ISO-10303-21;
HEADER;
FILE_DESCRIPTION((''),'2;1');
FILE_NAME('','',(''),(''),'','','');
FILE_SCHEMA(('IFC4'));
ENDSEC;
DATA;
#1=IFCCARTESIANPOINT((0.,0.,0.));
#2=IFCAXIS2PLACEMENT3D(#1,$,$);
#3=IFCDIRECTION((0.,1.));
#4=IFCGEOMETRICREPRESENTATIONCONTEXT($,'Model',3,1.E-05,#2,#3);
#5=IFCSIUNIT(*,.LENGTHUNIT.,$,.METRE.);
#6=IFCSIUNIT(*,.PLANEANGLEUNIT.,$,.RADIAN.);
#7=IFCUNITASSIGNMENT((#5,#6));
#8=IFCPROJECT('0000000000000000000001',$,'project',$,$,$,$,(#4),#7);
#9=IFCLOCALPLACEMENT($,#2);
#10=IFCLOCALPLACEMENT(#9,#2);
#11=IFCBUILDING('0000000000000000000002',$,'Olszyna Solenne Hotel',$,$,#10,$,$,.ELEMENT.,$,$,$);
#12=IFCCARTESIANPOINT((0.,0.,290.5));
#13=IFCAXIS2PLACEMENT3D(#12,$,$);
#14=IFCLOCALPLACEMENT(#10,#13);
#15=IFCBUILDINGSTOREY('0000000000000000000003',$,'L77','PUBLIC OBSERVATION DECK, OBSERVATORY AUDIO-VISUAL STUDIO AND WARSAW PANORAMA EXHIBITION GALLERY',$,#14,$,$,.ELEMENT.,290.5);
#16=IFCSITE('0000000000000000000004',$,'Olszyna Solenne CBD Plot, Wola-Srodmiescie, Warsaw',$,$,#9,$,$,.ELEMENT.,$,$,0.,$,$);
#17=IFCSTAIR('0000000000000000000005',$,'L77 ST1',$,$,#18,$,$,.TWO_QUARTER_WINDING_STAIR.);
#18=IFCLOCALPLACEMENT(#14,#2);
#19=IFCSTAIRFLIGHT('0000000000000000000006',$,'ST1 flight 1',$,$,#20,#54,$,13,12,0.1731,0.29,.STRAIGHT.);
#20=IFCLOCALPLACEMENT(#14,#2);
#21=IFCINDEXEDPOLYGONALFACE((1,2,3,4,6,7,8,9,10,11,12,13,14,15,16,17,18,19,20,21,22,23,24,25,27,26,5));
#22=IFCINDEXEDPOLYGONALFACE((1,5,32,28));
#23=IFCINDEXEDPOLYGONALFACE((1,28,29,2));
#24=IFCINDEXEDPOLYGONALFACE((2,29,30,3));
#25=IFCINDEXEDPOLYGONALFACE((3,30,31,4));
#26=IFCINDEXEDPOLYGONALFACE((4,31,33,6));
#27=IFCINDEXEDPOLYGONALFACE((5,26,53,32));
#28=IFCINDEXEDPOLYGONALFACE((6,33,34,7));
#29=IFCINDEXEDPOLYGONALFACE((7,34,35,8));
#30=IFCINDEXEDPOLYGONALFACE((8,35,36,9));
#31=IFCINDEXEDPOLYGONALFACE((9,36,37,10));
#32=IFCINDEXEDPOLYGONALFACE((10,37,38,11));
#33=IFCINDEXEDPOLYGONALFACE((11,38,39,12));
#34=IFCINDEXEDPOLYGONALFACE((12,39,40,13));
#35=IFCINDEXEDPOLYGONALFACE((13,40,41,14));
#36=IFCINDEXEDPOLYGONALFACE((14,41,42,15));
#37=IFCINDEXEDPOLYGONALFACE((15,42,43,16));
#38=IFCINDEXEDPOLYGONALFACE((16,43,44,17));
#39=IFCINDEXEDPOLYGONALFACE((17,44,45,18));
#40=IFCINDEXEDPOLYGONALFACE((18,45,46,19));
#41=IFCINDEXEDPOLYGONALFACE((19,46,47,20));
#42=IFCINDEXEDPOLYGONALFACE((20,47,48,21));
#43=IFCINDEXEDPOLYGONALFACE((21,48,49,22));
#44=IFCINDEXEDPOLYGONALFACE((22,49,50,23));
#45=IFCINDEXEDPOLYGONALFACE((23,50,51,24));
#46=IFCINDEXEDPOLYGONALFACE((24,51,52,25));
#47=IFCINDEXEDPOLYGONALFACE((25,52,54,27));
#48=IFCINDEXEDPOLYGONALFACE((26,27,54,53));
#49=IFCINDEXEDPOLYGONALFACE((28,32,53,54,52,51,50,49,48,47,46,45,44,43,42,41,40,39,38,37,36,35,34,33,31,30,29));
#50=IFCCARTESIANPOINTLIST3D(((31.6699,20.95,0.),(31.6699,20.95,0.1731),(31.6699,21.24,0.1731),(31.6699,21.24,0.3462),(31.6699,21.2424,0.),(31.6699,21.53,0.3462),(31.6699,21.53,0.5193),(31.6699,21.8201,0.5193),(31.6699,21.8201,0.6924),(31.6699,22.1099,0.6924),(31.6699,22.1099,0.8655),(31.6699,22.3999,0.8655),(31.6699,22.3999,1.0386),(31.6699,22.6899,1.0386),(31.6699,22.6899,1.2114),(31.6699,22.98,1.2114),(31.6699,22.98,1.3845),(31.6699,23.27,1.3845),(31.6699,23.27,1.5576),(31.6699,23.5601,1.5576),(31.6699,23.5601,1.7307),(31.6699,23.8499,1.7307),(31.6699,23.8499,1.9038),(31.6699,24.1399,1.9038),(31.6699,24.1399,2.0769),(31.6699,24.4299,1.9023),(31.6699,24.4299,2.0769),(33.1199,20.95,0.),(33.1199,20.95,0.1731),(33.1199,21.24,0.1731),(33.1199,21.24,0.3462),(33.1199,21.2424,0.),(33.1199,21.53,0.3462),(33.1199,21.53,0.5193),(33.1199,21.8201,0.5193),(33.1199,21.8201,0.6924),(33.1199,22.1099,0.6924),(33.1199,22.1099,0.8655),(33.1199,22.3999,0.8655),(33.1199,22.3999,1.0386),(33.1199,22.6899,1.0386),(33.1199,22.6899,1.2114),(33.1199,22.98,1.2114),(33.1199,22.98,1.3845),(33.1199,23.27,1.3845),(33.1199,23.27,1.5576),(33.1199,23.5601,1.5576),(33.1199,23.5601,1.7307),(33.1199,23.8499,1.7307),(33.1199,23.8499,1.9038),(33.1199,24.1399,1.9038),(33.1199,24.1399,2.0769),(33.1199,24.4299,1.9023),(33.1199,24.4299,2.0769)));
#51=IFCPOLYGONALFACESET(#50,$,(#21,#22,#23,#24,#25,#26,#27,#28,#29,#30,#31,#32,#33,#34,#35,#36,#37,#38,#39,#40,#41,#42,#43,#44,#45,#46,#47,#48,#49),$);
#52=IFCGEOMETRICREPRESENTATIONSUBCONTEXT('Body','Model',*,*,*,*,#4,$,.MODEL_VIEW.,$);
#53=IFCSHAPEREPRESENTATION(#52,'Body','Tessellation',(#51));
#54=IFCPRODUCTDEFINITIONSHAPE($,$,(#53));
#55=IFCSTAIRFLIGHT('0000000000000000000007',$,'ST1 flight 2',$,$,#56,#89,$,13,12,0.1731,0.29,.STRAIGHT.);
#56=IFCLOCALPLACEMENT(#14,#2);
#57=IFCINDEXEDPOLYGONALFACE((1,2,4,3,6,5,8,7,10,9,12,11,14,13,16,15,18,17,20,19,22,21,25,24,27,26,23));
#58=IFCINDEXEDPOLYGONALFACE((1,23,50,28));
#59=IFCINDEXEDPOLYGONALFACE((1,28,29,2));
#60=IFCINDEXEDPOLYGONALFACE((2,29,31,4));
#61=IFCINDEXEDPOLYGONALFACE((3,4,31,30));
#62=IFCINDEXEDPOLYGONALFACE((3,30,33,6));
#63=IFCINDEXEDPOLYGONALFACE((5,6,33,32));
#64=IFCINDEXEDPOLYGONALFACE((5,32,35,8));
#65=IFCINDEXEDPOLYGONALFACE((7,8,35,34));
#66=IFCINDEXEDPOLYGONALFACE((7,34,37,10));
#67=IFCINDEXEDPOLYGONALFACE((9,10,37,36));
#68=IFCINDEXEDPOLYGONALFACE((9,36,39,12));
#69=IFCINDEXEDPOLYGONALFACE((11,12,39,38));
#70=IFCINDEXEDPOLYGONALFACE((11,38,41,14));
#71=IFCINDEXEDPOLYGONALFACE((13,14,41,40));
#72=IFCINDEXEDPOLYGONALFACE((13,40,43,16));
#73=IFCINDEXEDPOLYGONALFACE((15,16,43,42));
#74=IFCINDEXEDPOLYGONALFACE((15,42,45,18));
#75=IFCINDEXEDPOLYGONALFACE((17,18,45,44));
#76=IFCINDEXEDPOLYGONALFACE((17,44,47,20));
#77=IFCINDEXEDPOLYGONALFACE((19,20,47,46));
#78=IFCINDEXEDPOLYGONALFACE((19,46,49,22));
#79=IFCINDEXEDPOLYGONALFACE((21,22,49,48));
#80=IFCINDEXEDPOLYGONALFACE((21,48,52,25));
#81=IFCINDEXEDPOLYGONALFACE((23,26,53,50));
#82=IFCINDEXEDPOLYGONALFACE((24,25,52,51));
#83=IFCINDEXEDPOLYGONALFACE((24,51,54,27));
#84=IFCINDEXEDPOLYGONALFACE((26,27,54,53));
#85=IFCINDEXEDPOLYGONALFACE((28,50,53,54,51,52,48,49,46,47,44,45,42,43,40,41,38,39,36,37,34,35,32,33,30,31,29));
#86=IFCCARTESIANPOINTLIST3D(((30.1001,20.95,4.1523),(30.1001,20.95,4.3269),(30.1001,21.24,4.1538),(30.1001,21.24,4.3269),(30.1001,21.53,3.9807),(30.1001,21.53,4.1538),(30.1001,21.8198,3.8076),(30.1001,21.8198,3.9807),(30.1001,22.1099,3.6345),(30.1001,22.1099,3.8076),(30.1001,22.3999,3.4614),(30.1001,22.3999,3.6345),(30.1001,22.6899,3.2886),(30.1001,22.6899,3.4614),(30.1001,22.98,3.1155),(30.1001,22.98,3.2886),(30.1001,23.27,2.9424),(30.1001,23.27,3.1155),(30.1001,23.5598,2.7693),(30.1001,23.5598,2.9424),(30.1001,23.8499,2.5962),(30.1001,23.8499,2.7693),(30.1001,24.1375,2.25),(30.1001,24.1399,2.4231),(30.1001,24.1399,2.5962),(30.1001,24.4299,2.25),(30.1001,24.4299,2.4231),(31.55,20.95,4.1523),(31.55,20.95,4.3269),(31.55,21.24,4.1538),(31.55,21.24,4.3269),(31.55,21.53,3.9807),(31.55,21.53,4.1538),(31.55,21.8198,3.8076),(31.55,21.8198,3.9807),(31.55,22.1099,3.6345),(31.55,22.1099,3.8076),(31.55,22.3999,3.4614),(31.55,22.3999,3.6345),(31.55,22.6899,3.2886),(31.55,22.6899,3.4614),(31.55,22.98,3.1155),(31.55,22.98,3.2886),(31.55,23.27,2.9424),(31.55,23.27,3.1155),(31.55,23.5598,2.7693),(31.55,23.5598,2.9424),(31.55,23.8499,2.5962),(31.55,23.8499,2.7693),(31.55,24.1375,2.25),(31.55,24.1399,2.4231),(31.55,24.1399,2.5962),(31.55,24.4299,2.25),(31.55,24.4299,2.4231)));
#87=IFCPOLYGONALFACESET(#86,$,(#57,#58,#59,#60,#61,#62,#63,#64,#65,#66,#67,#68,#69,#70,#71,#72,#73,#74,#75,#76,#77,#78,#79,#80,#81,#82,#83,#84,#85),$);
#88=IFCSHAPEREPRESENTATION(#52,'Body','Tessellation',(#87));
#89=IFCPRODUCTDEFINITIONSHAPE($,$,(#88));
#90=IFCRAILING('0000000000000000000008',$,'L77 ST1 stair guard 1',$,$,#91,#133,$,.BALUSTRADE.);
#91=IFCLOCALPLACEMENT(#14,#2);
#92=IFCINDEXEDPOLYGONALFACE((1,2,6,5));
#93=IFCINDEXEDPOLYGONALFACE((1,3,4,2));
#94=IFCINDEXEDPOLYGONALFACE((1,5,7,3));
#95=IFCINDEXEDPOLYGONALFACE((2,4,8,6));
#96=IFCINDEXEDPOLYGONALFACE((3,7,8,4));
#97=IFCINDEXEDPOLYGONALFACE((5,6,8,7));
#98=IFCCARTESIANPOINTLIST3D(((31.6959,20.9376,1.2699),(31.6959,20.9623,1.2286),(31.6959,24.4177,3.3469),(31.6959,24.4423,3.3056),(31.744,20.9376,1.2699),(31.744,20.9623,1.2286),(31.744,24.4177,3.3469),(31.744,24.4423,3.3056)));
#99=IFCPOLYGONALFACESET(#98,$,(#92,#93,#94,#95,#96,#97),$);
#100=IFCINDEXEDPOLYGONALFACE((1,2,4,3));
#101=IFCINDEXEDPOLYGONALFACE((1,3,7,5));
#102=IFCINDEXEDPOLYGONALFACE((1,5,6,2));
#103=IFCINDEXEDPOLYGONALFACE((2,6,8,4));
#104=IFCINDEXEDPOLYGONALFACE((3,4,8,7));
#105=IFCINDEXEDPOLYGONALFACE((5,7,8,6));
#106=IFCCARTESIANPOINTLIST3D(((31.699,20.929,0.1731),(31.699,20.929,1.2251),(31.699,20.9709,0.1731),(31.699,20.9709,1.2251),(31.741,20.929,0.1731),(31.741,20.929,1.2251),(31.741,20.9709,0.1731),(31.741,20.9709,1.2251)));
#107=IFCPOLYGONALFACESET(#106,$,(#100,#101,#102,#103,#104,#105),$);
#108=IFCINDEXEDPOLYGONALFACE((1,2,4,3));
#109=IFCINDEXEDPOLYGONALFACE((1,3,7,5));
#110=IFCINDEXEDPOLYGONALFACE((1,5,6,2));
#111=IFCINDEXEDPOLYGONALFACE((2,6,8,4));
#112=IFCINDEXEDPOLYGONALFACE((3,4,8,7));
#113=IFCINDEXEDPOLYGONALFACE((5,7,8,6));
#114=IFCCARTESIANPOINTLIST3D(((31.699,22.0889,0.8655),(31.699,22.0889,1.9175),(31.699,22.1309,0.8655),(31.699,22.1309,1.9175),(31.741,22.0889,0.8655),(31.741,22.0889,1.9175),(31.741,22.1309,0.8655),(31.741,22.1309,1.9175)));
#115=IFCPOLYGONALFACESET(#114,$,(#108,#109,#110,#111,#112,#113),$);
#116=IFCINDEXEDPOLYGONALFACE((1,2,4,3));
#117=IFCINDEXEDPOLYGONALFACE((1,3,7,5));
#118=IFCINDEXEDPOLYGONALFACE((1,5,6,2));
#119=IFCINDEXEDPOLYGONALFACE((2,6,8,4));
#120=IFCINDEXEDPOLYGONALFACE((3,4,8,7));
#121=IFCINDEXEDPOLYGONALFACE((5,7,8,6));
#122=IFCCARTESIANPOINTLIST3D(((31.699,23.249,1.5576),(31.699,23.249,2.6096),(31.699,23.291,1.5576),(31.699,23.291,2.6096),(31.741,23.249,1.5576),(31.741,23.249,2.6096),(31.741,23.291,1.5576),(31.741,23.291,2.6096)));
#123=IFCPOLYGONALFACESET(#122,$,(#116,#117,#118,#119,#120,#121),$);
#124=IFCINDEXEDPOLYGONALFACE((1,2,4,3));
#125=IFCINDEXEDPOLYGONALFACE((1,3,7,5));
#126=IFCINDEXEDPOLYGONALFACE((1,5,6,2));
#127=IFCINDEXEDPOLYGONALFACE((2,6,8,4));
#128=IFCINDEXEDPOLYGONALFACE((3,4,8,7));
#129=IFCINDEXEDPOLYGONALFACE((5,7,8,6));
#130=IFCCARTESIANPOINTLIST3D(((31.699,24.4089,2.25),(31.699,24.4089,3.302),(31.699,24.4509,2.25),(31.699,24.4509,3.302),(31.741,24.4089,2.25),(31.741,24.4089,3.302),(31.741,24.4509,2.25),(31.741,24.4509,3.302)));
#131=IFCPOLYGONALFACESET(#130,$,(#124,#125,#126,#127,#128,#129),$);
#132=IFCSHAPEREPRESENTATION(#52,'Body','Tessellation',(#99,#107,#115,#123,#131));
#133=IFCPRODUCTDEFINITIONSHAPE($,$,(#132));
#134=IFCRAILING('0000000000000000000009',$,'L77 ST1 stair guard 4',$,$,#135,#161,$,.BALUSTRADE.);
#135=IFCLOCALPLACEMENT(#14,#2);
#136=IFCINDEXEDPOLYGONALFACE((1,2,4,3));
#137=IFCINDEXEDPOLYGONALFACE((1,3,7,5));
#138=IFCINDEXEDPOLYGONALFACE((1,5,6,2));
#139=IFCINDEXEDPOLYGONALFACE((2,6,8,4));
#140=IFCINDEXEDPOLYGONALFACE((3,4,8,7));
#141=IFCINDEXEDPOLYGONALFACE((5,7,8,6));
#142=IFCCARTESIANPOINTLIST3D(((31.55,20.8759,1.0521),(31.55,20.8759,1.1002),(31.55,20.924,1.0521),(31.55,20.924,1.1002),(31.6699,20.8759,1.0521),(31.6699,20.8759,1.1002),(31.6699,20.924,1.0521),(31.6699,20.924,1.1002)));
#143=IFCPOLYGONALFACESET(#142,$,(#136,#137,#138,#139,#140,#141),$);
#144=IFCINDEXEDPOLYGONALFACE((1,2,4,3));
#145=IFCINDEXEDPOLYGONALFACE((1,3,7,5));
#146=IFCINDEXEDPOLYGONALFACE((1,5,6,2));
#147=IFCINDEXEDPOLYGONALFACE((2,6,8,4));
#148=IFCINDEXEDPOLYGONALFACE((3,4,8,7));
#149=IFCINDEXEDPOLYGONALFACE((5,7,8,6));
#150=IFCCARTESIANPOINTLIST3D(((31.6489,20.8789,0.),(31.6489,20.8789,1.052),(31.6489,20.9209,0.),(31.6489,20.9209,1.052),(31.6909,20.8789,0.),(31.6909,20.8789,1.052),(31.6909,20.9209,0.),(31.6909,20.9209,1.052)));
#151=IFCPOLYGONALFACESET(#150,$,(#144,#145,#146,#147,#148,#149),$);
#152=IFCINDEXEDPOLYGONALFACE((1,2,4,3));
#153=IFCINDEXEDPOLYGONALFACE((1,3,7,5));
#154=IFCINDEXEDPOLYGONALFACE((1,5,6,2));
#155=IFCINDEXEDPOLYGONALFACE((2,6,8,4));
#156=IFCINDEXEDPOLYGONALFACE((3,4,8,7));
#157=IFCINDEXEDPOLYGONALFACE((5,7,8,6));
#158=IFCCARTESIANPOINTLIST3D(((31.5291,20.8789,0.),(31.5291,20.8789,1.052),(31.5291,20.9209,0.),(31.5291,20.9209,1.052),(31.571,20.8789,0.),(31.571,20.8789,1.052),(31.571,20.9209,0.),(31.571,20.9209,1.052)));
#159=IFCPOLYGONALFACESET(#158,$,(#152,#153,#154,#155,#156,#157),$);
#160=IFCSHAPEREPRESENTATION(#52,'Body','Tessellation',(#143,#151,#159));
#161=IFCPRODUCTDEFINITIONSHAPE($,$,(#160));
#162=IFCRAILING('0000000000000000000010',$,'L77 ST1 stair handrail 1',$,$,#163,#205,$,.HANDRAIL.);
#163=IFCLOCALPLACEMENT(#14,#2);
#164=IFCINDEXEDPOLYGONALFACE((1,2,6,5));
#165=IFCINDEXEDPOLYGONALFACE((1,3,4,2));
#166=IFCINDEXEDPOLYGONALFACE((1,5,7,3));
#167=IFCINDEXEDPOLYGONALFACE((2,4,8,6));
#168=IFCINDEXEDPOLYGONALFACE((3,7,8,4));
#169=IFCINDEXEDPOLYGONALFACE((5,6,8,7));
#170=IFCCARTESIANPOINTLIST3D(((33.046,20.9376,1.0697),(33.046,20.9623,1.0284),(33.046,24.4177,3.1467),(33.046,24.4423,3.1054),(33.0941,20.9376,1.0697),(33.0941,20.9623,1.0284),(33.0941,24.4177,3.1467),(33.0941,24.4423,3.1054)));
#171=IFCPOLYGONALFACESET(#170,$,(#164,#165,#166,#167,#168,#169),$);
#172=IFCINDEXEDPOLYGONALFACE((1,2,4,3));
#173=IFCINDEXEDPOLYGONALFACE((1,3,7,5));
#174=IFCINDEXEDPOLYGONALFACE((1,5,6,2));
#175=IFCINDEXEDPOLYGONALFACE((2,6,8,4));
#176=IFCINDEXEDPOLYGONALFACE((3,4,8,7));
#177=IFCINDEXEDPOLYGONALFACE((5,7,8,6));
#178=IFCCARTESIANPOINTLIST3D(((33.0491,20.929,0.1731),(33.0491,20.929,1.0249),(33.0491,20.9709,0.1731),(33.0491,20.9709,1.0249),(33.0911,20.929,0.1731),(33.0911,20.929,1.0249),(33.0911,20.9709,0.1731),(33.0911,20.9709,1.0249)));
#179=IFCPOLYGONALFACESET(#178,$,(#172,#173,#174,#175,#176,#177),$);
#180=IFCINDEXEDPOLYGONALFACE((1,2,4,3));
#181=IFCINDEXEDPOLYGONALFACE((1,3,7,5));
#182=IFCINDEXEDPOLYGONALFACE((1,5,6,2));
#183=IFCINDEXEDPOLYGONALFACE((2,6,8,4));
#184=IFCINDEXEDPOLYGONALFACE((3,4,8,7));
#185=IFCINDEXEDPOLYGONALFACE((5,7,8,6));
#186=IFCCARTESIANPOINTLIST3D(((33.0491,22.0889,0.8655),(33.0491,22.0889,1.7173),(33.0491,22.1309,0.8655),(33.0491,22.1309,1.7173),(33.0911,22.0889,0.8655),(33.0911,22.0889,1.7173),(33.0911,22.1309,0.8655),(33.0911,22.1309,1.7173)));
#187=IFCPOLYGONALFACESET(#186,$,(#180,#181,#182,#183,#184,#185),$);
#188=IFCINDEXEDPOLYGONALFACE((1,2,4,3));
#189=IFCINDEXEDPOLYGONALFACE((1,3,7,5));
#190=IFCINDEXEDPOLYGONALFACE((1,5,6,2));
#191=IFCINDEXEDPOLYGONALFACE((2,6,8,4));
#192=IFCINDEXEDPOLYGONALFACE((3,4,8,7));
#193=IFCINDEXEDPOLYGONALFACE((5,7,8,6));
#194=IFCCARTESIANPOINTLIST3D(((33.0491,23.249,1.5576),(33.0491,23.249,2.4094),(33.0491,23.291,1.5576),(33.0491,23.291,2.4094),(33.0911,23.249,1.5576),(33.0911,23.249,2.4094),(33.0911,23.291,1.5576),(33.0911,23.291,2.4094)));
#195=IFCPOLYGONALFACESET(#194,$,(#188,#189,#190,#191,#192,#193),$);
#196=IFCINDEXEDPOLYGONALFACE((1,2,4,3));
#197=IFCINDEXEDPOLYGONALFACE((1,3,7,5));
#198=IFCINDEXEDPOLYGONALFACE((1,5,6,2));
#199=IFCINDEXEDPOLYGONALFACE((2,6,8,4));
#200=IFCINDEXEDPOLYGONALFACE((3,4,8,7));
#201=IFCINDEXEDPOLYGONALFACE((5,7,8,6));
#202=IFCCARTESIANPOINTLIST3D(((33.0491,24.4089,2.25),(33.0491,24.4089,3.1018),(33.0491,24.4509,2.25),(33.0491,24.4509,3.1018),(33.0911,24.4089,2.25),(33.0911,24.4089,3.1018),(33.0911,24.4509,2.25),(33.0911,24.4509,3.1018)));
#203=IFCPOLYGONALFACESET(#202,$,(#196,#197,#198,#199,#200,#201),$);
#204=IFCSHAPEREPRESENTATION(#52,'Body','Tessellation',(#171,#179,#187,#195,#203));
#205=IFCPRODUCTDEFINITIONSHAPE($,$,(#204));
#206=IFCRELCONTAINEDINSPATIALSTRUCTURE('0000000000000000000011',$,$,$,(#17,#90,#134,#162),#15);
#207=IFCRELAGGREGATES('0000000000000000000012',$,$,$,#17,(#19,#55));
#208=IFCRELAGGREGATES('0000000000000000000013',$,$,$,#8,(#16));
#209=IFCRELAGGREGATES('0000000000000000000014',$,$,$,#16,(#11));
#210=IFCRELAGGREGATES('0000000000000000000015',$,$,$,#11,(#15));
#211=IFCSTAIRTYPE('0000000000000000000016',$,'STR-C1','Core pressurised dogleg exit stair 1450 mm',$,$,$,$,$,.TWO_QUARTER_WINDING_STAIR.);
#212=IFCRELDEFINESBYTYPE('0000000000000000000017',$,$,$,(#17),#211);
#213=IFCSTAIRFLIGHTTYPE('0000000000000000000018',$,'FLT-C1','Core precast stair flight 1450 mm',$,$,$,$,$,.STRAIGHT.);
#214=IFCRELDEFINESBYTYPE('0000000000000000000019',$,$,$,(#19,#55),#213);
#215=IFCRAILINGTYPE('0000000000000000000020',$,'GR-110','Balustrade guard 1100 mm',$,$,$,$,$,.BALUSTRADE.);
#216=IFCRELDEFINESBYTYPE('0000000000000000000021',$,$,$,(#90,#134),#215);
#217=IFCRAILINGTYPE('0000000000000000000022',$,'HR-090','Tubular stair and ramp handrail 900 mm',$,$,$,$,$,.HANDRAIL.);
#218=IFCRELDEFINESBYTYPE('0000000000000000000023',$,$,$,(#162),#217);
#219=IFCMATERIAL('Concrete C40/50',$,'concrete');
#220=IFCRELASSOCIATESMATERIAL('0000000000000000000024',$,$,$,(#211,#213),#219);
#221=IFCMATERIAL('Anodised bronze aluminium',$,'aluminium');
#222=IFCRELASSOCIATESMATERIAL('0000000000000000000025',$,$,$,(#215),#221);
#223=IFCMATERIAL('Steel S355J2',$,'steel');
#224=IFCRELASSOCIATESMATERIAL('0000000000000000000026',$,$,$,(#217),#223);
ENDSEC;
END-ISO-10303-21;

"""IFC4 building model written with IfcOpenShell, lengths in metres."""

from ifc_helpers import new_model, si_unit, direction, frame, origin, origin_2d, place, context, subcontext, project, spatial, polyline, rectangle, outline, extrude, material, type_object, element, aggregate, save


model = new_model("IFC4")

# Units and contexts
model_context = context("Model", 3, precision=1e-05, world=origin(), true_north=direction((0.0, 1.0)))
body_context = subcontext(model_context, "Body", "Model", "MODEL_VIEW")
ifc_project = project(units=[si_unit("LENGTHUNIT", "METRE"), si_unit("PLANEANGLEUNIT", "RADIAN")], contexts=[model_context])

# Site, building, storey
site_placement = place(None, origin())
site = spatial("IfcSite", under=ifc_project, at=site_placement, Name="Olszyna Solenne CBD Plot, Wola-Srodmiescie, Warsaw", CompositionType="ELEMENT", RefElevation=0.0)
building_placement = place(site_placement, origin())
building = spatial("IfcBuilding", under=site, at=building_placement, Name="Olszyna Solenne Hotel", CompositionType="ELEMENT")
storey_placement = place(building_placement, frame((0.0, 0.0, 290.5)))
storey = spatial("IfcBuildingStorey", under=building, at=storey_placement, Name="L77", Description="PUBLIC OBSERVATION DECK, OBSERVATORY AUDIO-VISUAL STUDIO AND WARSAW PANORAMA EXHIBITION GALLERY", CompositionType="ELEMENT", Elevation=290.5)

# Shared definitions
ifc_material_1 = material(Name="Steel S355J2", Category="steel")

# Shared definitions
ifc_material_2 = material(Name="Anodised bronze aluminium", Category="aluminium")

# Stair, stair flights
ifc_material_3 = material(Name="Concrete C40/50", Category="concrete")
stair_type = type_object("IfcStairType", Name="STR-C1", Description="Core pressurised dogleg exit stair 1450 mm", PredefinedType="TWO_QUARTER_WINDING_STAIR", material=ifc_material_3)
stair_placement = place(storey_placement, origin())
stair = element("IfcStair", 1, at=stair_placement, inside=storey, type_object=stair_type, Name="L77 ST1", PredefinedType="TWO_QUARTER_WINDING_STAIR")
stair_flight_type = type_object("IfcStairFlightType", Name="FLT-C1", Description="Core precast stair flight 1450 mm", PredefinedType="STRAIGHT", material=ifc_material_3)
stair_flight_1_placement = place(storey_placement, frame((32.395, 20.95, 0.0), z_axis=(0.0, 0.0, 1.0), x_axis=(0.0, 1.0, 0.0)))
stair_flight_1 = element("IfcStairFlight", 2, at=stair_flight_1_placement, type_object=stair_flight_type, Name="ST1 flight 1", NumberOfRisers=13, NumberOfTreads=12, PredefinedType="STRAIGHT", RiserHeight=0.1731, TreadLength=0.29, context=body_context, shape_type="SweptSolid", body=[
    extrude(outline(polyline([(0.0, 0.0), (0.0, 0.1731), (0.29, 0.1731), (0.29, 0.3462), (0.5801, 0.3462), (0.5801, 0.5193), (0.8701, 0.5193), (0.8701, 0.6924), (1.1599, 0.6924), (1.1599, 0.8655), (1.45, 0.8655), (1.45, 1.0386), (1.74, 1.0386), (1.74, 1.2114), (2.03, 1.2114), (2.03, 1.3845), (2.3201, 1.3845), (2.3201, 1.5576), (2.6101, 1.5576), (2.6101, 1.7307), (2.8999, 1.7307), (2.8999, 1.9038), (3.1899, 1.9038), (3.1899, 2.0769), (3.48, 2.0769), (3.48, 2.25), (3.48, 1.9023), (0.2925, 0.0), (0.0, 0.0)])), frame((0.0, 0.7251, 0.0), z_axis=(0.0, -1.0, 0.0), x_axis=(1.0, 0.0, 0.0)), (0.0, 0.0, 1.0), 1.45),
])
stair_flight_2_placement = place(storey_placement, frame((30.825, 24.4299, 2.25), z_axis=(0.0, 0.0, 1.0), x_axis=(0.0, -1.0, 0.0)))
stair_flight_2 = element("IfcStairFlight", 3, at=stair_flight_2_placement, type_object=stair_flight_type, Name="ST1 flight 2", NumberOfRisers=13, NumberOfTreads=12, PredefinedType="STRAIGHT", RiserHeight=0.1731, TreadLength=0.29, context=body_context, shape_type="SweptSolid", body=[
    extrude(outline(polyline([(0.0, 0.0), (0.0, 0.1731), (0.29, 0.1731), (0.29, 0.3462), (0.5801, 0.3462), (0.5801, 0.5193), (0.8701, 0.5193), (0.8701, 0.6924), (1.1599, 0.6924), (1.1599, 0.8655), (1.45, 0.8655), (1.45, 1.0386), (1.74, 1.0386), (1.74, 1.2114), (2.03, 1.2114), (2.03, 1.3845), (2.3201, 1.3845), (2.3201, 1.5576), (2.6101, 1.5576), (2.6101, 1.7307), (2.8999, 1.7307), (2.8999, 1.9038), (3.1899, 1.9038), (3.1899, 2.0769), (3.48, 2.0769), (3.48, 2.25), (3.48, 1.9023), (0.2925, 0.0), (0.0, 0.0)])), frame((0.0, 0.7251, 0.0), z_axis=(0.0, -1.0, 0.0), x_axis=(1.0, 0.0, 0.0)), (0.0, 0.0, 1.0), 1.45),
])
aggregate(stair, [stair_flight_1, stair_flight_2])

# Railings
railing_type_1 = type_object("IfcRailingType", Name="GR-110", Description="Balustrade guard 1100 mm", PredefinedType="BALUSTRADE", material=ifc_material_2)
railing_1_placement = place(storey_placement, frame((31.72, 20.95, 0.1731)))
element("IfcRailing", 4, at=railing_1_placement, inside=storey, type_object=railing_type_1, Name="L77 ST1 stair guard 1", PredefinedType="BALUSTRADE", context=body_context, shape_type="SweptSolid", body=[
    extrude(rectangle(XDim=0.0481, YDim=0.0481, at=origin_2d()), frame((0.0, 0.0, 1.0762), z_axis=(0.0, 0.858697, 0.512483), x_axis=(-1.0, 0.0, 0.0)), (0.0, 0.0, 1.0), 4.0527),
    extrude(rectangle(XDim=0.042, YDim=0.042, at=origin_2d()), origin(), (0.0, 0.0, 1.0), 1.052),
    extrude(rectangle(XDim=0.042, YDim=0.042, at=origin_2d()), frame((0.0, 1.1599, 0.6924)), (0.0, 0.0, 1.0), 1.052),
    extrude(rectangle(XDim=0.042, YDim=0.042, at=origin_2d()), frame((0.0, 2.3201, 1.3845)), (0.0, 0.0, 1.0), 1.052),
    extrude(rectangle(XDim=0.042, YDim=0.042, at=origin_2d()), frame((0.0, 3.48, 2.0769)), (0.0, 0.0, 1.0), 1.052),
])
railing_2_placement = place(storey_placement, frame((31.6699, 20.8999, 0.0)))
element("IfcRailing", 5, at=railing_2_placement, inside=storey, type_object=railing_type_1, Name="L77 ST1 stair guard 4", PredefinedType="BALUSTRADE", context=body_context, shape_type="SweptSolid", body=[
    extrude(rectangle(XDim=0.0481, YDim=0.0481, at=origin_2d()), frame((0.0, 0.0, 1.0762), z_axis=(-1.0, 0.0, 0.0), x_axis=(0.0, -1.0, 0.0)), (0.0, 0.0, 1.0), 0.1199),
    extrude(rectangle(XDim=0.042, YDim=0.042, at=origin_2d()), origin(), (0.0, 0.0, 1.0), 1.052),
    extrude(rectangle(XDim=0.042, YDim=0.042, at=origin_2d()), frame((-0.1199, 0.0, 0.0)), (0.0, 0.0, 1.0), 1.052),
])
railing_type_2 = type_object("IfcRailingType", Name="HR-090", Description="Tubular stair and ramp handrail 900 mm", PredefinedType="HANDRAIL", material=ifc_material_1)
railing_3_placement = place(storey_placement, frame((33.0701, 20.95, 0.1731)))
element("IfcRailing", 6, at=railing_3_placement, inside=storey, type_object=railing_type_2, Name="L77 ST1 stair handrail 1", PredefinedType="HANDRAIL", context=body_context, shape_type="SweptSolid", body=[
    extrude(rectangle(XDim=0.0481, YDim=0.0481, at=origin_2d()), frame((0.0, 0.0, 0.876), z_axis=(0.0, 0.858697, 0.512483), x_axis=(-1.0, 0.0, 0.0)), (0.0, 0.0, 1.0), 4.0527),
    extrude(rectangle(XDim=0.042, YDim=0.042, at=origin_2d()), origin(), (0.0, 0.0, 1.0), 0.8518),
    extrude(rectangle(XDim=0.042, YDim=0.042, at=origin_2d()), frame((0.0, 1.1599, 0.6924)), (0.0, 0.0, 1.0), 0.8518),
    extrude(rectangle(XDim=0.042, YDim=0.042, at=origin_2d()), frame((0.0, 2.3201, 1.3845)), (0.0, 0.0, 1.0), 0.8518),
    extrude(rectangle(XDim=0.042, YDim=0.042, at=origin_2d()), frame((0.0, 3.48, 2.0769)), (0.0, 0.0, 1.0), 0.8518),
])

save(model, "model.ifc")
